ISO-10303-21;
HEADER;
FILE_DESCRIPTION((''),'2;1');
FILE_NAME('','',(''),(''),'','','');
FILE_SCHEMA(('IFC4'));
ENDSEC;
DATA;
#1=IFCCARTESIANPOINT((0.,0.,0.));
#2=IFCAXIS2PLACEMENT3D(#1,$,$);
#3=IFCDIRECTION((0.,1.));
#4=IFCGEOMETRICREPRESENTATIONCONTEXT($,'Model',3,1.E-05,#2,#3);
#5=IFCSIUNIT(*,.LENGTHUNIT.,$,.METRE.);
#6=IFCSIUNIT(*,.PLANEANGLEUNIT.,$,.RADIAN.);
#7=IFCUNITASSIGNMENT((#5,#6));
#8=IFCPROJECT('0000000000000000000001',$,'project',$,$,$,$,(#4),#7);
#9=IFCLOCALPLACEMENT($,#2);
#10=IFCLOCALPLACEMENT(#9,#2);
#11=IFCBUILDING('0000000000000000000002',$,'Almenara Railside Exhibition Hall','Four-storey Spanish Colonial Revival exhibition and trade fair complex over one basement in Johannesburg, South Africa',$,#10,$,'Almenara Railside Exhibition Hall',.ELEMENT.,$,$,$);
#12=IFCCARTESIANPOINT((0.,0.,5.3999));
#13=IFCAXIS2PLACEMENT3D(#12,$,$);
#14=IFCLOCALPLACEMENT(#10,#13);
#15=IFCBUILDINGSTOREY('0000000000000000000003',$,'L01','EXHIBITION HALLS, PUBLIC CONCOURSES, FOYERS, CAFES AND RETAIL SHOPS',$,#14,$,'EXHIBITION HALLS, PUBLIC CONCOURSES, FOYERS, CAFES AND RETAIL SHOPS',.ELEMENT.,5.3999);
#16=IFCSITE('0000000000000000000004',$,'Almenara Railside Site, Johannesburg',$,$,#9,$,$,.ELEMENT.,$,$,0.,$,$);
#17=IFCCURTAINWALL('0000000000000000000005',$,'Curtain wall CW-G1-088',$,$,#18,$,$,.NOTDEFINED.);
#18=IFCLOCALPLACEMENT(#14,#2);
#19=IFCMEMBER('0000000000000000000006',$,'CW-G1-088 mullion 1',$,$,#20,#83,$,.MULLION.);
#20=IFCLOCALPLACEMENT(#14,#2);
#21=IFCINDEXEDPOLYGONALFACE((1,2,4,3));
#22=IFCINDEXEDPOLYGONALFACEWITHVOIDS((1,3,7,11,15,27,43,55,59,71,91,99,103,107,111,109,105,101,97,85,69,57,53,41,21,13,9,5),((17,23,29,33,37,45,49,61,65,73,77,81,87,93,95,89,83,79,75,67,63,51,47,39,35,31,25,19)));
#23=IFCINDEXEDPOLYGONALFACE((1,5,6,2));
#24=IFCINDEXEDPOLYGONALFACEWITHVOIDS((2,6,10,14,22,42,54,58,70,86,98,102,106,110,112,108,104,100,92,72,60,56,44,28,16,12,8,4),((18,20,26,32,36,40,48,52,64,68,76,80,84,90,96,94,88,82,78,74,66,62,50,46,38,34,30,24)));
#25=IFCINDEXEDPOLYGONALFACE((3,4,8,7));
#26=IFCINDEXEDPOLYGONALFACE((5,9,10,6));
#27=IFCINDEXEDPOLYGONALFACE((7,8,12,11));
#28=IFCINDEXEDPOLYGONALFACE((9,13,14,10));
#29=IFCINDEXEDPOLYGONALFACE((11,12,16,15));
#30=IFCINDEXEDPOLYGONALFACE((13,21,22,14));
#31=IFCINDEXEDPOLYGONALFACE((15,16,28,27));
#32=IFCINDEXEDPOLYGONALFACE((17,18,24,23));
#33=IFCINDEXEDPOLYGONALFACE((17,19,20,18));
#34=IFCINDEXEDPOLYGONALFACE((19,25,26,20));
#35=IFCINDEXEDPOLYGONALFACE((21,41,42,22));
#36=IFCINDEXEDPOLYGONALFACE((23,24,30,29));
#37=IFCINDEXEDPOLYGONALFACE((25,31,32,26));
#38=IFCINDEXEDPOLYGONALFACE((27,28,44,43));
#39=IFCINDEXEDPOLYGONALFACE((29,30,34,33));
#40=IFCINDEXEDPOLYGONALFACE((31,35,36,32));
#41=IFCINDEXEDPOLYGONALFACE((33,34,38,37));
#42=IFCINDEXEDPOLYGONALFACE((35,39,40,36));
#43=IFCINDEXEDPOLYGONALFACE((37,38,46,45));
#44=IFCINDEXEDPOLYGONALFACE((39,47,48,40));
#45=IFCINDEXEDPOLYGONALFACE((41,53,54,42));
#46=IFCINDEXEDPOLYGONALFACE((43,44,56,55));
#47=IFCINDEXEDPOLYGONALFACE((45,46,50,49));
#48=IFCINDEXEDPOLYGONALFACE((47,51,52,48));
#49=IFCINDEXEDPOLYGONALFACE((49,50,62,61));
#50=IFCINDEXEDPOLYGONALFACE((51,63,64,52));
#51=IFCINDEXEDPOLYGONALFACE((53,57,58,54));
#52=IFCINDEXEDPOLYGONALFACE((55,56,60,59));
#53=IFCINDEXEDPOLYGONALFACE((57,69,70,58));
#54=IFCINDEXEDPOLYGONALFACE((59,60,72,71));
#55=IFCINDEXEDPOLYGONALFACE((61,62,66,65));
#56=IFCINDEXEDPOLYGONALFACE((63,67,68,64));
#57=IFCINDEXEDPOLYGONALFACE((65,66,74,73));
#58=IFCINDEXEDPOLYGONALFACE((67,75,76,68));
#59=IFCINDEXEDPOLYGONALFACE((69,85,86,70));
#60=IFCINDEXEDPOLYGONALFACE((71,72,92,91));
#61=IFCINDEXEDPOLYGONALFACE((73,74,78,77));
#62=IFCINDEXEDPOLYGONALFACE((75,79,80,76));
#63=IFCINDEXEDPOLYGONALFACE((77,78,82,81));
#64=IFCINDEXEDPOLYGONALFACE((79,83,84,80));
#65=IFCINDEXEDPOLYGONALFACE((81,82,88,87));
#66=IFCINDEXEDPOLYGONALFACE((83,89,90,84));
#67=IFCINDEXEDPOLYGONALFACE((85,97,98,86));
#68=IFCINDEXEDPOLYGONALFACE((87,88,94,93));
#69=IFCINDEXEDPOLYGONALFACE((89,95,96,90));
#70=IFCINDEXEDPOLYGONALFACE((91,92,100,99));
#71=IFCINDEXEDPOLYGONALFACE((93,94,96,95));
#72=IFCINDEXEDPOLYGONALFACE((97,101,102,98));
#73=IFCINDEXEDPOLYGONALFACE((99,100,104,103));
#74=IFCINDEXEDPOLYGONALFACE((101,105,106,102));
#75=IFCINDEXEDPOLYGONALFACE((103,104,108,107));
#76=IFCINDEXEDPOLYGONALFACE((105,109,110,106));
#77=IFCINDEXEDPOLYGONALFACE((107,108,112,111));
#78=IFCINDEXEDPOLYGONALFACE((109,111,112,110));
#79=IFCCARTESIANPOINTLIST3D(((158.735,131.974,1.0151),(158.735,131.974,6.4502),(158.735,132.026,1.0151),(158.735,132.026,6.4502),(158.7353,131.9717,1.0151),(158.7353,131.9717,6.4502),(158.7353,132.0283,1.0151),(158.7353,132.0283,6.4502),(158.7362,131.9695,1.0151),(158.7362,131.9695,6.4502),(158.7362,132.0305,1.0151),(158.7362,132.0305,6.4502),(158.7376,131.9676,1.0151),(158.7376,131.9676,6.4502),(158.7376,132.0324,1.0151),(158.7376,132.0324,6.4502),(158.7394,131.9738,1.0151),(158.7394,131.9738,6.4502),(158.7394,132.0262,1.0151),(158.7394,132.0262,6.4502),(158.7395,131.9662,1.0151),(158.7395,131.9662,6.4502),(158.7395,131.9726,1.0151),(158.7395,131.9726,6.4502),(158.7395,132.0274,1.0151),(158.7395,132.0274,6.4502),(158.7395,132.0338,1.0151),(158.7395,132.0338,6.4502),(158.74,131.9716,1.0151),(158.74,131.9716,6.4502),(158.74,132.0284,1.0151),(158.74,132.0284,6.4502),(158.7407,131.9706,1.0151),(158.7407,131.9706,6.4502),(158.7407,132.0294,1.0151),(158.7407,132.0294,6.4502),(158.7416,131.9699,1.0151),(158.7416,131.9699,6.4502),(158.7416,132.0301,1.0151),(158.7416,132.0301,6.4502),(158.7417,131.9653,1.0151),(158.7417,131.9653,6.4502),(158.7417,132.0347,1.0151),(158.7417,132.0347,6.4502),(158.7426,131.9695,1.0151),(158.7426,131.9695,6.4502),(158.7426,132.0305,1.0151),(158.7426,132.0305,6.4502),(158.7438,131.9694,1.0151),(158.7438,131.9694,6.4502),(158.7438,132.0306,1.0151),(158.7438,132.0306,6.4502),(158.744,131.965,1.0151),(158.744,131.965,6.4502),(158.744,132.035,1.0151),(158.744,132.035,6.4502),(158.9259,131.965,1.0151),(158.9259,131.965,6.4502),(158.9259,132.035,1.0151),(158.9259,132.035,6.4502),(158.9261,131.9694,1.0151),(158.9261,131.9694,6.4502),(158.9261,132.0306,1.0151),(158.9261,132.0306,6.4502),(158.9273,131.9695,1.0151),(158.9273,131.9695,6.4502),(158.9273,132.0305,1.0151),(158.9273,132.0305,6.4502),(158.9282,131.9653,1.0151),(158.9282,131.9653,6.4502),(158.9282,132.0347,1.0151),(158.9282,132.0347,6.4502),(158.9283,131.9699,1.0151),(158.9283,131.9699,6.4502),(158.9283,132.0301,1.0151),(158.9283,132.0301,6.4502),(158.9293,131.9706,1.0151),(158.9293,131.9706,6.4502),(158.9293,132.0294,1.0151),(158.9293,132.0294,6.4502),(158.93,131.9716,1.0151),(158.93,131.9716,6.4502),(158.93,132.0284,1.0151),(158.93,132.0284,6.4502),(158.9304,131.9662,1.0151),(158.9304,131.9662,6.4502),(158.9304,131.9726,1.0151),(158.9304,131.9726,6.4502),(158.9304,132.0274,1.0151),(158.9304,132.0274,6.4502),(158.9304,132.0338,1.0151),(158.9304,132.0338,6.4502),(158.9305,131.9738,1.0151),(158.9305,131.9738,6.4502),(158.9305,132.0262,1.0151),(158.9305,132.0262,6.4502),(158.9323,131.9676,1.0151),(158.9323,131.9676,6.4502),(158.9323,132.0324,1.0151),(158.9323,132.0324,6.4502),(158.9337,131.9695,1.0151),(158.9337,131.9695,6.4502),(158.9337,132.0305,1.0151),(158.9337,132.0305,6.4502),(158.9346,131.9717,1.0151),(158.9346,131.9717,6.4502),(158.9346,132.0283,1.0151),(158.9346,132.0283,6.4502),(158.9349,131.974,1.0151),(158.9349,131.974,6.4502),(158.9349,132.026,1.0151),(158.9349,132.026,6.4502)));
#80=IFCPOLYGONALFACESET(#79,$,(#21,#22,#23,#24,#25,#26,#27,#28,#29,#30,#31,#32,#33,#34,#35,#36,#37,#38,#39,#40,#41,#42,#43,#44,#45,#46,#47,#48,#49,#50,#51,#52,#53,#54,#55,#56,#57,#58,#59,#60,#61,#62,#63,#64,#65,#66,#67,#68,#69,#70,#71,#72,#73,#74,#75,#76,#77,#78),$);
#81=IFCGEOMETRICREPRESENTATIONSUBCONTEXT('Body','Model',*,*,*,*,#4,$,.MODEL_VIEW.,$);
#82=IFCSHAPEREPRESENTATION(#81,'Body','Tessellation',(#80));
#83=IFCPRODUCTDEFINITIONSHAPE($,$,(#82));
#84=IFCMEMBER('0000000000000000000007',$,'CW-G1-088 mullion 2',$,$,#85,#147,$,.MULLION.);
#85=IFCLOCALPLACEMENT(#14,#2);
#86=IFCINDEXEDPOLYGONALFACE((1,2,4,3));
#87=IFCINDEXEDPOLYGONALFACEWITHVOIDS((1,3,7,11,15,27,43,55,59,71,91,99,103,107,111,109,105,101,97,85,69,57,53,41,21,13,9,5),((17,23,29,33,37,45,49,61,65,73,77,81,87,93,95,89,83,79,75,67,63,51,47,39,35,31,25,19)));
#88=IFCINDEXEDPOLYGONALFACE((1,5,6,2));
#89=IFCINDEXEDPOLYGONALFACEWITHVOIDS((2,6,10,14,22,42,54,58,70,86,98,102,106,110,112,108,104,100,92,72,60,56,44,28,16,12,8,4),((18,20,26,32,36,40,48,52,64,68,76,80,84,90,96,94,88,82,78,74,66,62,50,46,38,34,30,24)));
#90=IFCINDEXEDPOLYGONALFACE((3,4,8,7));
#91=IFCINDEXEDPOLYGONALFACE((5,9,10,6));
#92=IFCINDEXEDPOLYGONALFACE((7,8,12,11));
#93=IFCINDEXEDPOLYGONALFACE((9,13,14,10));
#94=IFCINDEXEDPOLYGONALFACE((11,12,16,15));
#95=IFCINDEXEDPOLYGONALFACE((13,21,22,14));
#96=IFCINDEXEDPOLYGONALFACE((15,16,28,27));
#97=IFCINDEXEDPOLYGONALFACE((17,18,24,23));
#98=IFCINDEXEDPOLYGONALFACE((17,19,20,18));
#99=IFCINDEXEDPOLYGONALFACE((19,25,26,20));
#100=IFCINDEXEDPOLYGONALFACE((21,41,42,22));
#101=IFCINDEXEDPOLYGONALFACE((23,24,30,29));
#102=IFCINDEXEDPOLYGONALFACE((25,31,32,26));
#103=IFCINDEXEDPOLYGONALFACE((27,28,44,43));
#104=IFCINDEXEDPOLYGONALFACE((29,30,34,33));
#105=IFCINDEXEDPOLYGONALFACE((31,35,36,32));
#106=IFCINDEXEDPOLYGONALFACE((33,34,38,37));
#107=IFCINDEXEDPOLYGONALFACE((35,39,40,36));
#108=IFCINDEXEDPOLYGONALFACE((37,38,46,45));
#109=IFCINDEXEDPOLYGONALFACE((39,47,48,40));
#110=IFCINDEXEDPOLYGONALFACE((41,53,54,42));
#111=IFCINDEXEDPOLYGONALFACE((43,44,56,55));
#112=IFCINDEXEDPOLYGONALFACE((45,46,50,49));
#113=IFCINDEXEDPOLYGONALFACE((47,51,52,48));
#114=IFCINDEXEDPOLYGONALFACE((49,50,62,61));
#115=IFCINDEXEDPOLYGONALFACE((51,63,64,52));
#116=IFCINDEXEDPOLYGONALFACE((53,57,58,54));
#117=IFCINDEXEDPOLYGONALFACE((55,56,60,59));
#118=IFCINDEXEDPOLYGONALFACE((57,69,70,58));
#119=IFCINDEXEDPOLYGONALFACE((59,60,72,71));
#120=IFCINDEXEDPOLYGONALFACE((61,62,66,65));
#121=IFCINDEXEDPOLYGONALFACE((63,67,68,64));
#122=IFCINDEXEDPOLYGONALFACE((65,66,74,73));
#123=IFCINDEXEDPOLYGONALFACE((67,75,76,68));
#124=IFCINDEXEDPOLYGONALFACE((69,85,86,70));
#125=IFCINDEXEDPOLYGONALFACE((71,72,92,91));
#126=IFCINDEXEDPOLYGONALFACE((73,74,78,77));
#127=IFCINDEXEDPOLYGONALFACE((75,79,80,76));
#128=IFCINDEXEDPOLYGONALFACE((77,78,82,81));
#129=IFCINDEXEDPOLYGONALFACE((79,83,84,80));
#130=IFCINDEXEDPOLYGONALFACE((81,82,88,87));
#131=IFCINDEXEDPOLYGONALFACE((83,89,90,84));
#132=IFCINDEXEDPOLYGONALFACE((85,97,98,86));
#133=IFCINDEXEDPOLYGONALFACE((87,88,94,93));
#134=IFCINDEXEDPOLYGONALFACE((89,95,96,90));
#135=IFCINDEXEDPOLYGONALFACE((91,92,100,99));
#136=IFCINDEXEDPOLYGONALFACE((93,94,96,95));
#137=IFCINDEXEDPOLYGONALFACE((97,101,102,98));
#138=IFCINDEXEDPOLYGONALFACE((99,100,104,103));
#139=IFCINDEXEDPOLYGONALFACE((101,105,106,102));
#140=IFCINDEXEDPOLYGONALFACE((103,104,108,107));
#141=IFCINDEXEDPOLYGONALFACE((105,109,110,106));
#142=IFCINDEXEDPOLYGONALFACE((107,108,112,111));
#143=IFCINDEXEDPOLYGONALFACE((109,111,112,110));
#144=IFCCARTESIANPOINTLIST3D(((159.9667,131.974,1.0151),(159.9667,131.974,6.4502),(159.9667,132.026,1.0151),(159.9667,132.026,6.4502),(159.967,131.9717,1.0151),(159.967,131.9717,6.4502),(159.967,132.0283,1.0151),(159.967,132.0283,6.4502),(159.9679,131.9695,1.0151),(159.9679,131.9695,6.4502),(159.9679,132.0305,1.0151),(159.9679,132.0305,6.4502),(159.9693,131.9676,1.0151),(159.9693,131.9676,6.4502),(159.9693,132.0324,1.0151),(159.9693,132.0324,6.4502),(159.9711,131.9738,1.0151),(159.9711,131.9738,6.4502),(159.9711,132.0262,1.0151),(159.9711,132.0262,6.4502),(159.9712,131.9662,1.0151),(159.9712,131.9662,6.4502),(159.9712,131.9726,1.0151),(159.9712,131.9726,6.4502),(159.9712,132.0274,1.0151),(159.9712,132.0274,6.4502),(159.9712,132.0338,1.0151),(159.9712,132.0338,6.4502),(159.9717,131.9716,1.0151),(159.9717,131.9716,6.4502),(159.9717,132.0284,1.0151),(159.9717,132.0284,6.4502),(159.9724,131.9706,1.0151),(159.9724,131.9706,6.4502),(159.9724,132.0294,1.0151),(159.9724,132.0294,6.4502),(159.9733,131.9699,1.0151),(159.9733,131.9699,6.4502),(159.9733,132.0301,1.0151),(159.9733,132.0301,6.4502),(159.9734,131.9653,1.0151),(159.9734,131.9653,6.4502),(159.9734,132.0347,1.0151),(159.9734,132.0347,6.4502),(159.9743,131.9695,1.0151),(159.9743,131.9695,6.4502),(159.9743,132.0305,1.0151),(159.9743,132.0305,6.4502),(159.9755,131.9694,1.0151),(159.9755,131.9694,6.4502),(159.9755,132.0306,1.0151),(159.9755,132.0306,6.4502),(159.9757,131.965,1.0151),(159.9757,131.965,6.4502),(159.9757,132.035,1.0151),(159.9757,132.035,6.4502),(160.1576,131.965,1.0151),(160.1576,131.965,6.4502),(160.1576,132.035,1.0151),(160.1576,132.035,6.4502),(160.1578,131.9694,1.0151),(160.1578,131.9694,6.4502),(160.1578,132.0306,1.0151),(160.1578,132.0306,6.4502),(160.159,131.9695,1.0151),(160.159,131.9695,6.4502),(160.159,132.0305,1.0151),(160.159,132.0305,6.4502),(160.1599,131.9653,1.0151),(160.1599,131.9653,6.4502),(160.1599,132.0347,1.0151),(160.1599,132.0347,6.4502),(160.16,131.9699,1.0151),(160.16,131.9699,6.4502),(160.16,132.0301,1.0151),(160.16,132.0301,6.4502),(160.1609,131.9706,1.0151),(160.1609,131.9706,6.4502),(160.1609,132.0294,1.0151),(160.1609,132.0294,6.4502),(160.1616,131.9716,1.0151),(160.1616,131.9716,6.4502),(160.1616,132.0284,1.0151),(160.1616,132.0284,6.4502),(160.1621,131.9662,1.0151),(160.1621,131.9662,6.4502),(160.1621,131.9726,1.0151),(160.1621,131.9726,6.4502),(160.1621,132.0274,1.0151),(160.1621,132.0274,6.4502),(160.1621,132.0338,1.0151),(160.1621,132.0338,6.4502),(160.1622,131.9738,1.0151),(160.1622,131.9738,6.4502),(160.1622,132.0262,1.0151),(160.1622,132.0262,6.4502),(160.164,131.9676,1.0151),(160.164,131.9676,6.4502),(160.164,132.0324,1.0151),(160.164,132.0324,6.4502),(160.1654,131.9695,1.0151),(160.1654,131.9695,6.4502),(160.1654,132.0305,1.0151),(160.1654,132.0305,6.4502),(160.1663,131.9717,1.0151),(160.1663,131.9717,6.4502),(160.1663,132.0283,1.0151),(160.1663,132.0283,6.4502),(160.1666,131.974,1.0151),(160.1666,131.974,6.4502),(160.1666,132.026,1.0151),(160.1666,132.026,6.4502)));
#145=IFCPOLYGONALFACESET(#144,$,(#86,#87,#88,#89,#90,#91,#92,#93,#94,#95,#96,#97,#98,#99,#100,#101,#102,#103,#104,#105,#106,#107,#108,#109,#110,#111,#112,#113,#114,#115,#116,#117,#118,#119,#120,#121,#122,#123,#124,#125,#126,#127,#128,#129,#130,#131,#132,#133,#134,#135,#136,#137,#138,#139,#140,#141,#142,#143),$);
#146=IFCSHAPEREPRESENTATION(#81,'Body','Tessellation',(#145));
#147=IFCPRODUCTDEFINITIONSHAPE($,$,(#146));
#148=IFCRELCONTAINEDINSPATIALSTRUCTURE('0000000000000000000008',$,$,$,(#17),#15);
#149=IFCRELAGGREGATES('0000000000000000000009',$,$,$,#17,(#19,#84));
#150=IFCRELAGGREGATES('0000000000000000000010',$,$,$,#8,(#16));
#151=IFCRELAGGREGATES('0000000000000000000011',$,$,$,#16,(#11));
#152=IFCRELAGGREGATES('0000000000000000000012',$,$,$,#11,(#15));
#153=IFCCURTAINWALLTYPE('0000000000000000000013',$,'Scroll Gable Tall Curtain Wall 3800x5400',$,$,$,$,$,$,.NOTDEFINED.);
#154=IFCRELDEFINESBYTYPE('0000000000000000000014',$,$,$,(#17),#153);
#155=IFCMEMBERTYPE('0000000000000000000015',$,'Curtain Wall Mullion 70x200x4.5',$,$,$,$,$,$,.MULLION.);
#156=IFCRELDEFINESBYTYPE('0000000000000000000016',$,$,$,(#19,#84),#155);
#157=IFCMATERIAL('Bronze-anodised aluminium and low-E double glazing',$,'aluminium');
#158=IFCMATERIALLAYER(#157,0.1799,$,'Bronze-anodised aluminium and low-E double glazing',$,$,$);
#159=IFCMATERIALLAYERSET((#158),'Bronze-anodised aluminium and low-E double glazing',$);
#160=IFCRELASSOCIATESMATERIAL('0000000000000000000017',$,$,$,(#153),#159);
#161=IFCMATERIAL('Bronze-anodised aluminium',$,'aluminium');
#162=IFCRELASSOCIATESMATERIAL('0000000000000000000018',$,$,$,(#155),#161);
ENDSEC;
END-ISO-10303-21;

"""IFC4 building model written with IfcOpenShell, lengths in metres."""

from ifc_helpers import new_model, si_unit, direction, frame, origin, origin_2d, place, context, subcontext, project, spatial, hollow_rectangle, extrude, material, layer, layer_set, material_profile, profile_set, type_object, element, aggregate, save


model = new_model("IFC4")

# Units and contexts
model_context = context("Model", 3, precision=1e-05, world=origin(), true_north=direction((0.0, 1.0)))
body_context = subcontext(model_context, "Body", "Model", "MODEL_VIEW")
ifc_project = project(units=[si_unit("LENGTHUNIT", "METRE"), si_unit("PLANEANGLEUNIT", "RADIAN")], contexts=[model_context])

# Site, building, storey
site_placement = place(None, origin())
site = spatial("IfcSite", under=ifc_project, at=site_placement, Name="Almenara Railside Site, Johannesburg", CompositionType="ELEMENT", RefElevation=0.0)
building_placement = place(site_placement, origin())
building = spatial("IfcBuilding", under=site, at=building_placement, Name="Almenara Railside Exhibition Hall", Description="Four-storey Spanish Colonial Revival exhibition and trade fair complex over one basement in Johannesburg, South Africa", LongName="Almenara Railside Exhibition Hall", CompositionType="ELEMENT")
storey_placement = place(building_placement, frame((0.0, 0.0, 5.3999)))
storey = spatial("IfcBuildingStorey", under=building, at=storey_placement, Name="L01", Description="EXHIBITION HALLS, PUBLIC CONCOURSES, FOYERS, CAFES AND RETAIL SHOPS", LongName="EXHIBITION HALLS, PUBLIC CONCOURSES, FOYERS, CAFES AND RETAIL SHOPS", CompositionType="ELEMENT", Elevation=5.3999)

# Curtain wall, members
ifc_material_1 = material(Name="Bronze-anodised aluminium and low-E double glazing", Category="aluminium")
ifc_material_2 = material(Name="Bronze-anodised aluminium", Category="aluminium")
ifc_layer_1 = layer(ifc_material_1, 0.1799, Name="Bronze-anodised aluminium and low-E double glazing")
ifc_layer_set_1 = layer_set([ifc_layer_1], Name="Bronze-anodised aluminium and low-E double glazing")
curtain_wall_type_1 = type_object("IfcCurtainWallType", Name="Scroll Gable Tall Curtain Wall 3800x5400", PredefinedType="NOTDEFINED", material=ifc_layer_set_1)
curtain_wall_1_placement = place(storey_placement, origin())
curtain_wall_1 = element("IfcCurtainWall", 1, at=curtain_wall_1_placement, inside=storey, type_object=curtain_wall_type_1, Name="Curtain wall CW-G1-088", PredefinedType="NOTDEFINED")
ifc_material_profile_1 = material_profile(ifc_material_2, hollow_rectangle(XDim=0.0701, YDim=0.2, WallThickness=0.0044, InnerFilletRadius=0.0044, OuterFilletRadius=0.009, at=origin_2d()), Name="ALU-MUL 70x200x4.5")
ifc_profile_set_1 = profile_set([ifc_material_profile_1], Name="Bronze-anodised aluminium")
member_type_1 = type_object("IfcMemberType", Name="Curtain Wall Mullion 70x200x4.5", PredefinedType="MULLION", material=ifc_profile_set_1)
member_1_placement = place(storey_placement, frame((158.835, 132.0, 1.0151), z_axis=(0.0, 0.0, 1.0), x_axis=(0.0, 1.0, 0.0)))
member_1 = element("IfcMember", 2, at=member_1_placement, type_object=member_type_1, Name="CW-G1-088 mullion 1", PredefinedType="MULLION", context=body_context, shape_type="SweptSolid", body=[
    extrude(hollow_rectangle(XDim=0.0701, YDim=0.2, WallThickness=0.0044, InnerFilletRadius=0.0044, OuterFilletRadius=0.009, at=origin_2d()), origin(), (0.0, 0.0, 1.0), 5.4351),
])
member_2_placement = place(storey_placement, frame((160.0667, 132.0, 1.0151), z_axis=(0.0, 0.0, 1.0), x_axis=(0.0, 1.0, 0.0)))
member_2 = element("IfcMember", 3, at=member_2_placement, type_object=member_type_1, Name="CW-G1-088 mullion 2", PredefinedType="MULLION", context=body_context, shape_type="SweptSolid", body=[
    extrude(hollow_rectangle(XDim=0.0701, YDim=0.2, WallThickness=0.0044, InnerFilletRadius=0.0044, OuterFilletRadius=0.009, at=origin_2d()), origin(), (0.0, 0.0, 1.0), 5.4351),
])

aggregate(curtain_wall_1, [member_1, member_2])

save(model, "model.ifc")
